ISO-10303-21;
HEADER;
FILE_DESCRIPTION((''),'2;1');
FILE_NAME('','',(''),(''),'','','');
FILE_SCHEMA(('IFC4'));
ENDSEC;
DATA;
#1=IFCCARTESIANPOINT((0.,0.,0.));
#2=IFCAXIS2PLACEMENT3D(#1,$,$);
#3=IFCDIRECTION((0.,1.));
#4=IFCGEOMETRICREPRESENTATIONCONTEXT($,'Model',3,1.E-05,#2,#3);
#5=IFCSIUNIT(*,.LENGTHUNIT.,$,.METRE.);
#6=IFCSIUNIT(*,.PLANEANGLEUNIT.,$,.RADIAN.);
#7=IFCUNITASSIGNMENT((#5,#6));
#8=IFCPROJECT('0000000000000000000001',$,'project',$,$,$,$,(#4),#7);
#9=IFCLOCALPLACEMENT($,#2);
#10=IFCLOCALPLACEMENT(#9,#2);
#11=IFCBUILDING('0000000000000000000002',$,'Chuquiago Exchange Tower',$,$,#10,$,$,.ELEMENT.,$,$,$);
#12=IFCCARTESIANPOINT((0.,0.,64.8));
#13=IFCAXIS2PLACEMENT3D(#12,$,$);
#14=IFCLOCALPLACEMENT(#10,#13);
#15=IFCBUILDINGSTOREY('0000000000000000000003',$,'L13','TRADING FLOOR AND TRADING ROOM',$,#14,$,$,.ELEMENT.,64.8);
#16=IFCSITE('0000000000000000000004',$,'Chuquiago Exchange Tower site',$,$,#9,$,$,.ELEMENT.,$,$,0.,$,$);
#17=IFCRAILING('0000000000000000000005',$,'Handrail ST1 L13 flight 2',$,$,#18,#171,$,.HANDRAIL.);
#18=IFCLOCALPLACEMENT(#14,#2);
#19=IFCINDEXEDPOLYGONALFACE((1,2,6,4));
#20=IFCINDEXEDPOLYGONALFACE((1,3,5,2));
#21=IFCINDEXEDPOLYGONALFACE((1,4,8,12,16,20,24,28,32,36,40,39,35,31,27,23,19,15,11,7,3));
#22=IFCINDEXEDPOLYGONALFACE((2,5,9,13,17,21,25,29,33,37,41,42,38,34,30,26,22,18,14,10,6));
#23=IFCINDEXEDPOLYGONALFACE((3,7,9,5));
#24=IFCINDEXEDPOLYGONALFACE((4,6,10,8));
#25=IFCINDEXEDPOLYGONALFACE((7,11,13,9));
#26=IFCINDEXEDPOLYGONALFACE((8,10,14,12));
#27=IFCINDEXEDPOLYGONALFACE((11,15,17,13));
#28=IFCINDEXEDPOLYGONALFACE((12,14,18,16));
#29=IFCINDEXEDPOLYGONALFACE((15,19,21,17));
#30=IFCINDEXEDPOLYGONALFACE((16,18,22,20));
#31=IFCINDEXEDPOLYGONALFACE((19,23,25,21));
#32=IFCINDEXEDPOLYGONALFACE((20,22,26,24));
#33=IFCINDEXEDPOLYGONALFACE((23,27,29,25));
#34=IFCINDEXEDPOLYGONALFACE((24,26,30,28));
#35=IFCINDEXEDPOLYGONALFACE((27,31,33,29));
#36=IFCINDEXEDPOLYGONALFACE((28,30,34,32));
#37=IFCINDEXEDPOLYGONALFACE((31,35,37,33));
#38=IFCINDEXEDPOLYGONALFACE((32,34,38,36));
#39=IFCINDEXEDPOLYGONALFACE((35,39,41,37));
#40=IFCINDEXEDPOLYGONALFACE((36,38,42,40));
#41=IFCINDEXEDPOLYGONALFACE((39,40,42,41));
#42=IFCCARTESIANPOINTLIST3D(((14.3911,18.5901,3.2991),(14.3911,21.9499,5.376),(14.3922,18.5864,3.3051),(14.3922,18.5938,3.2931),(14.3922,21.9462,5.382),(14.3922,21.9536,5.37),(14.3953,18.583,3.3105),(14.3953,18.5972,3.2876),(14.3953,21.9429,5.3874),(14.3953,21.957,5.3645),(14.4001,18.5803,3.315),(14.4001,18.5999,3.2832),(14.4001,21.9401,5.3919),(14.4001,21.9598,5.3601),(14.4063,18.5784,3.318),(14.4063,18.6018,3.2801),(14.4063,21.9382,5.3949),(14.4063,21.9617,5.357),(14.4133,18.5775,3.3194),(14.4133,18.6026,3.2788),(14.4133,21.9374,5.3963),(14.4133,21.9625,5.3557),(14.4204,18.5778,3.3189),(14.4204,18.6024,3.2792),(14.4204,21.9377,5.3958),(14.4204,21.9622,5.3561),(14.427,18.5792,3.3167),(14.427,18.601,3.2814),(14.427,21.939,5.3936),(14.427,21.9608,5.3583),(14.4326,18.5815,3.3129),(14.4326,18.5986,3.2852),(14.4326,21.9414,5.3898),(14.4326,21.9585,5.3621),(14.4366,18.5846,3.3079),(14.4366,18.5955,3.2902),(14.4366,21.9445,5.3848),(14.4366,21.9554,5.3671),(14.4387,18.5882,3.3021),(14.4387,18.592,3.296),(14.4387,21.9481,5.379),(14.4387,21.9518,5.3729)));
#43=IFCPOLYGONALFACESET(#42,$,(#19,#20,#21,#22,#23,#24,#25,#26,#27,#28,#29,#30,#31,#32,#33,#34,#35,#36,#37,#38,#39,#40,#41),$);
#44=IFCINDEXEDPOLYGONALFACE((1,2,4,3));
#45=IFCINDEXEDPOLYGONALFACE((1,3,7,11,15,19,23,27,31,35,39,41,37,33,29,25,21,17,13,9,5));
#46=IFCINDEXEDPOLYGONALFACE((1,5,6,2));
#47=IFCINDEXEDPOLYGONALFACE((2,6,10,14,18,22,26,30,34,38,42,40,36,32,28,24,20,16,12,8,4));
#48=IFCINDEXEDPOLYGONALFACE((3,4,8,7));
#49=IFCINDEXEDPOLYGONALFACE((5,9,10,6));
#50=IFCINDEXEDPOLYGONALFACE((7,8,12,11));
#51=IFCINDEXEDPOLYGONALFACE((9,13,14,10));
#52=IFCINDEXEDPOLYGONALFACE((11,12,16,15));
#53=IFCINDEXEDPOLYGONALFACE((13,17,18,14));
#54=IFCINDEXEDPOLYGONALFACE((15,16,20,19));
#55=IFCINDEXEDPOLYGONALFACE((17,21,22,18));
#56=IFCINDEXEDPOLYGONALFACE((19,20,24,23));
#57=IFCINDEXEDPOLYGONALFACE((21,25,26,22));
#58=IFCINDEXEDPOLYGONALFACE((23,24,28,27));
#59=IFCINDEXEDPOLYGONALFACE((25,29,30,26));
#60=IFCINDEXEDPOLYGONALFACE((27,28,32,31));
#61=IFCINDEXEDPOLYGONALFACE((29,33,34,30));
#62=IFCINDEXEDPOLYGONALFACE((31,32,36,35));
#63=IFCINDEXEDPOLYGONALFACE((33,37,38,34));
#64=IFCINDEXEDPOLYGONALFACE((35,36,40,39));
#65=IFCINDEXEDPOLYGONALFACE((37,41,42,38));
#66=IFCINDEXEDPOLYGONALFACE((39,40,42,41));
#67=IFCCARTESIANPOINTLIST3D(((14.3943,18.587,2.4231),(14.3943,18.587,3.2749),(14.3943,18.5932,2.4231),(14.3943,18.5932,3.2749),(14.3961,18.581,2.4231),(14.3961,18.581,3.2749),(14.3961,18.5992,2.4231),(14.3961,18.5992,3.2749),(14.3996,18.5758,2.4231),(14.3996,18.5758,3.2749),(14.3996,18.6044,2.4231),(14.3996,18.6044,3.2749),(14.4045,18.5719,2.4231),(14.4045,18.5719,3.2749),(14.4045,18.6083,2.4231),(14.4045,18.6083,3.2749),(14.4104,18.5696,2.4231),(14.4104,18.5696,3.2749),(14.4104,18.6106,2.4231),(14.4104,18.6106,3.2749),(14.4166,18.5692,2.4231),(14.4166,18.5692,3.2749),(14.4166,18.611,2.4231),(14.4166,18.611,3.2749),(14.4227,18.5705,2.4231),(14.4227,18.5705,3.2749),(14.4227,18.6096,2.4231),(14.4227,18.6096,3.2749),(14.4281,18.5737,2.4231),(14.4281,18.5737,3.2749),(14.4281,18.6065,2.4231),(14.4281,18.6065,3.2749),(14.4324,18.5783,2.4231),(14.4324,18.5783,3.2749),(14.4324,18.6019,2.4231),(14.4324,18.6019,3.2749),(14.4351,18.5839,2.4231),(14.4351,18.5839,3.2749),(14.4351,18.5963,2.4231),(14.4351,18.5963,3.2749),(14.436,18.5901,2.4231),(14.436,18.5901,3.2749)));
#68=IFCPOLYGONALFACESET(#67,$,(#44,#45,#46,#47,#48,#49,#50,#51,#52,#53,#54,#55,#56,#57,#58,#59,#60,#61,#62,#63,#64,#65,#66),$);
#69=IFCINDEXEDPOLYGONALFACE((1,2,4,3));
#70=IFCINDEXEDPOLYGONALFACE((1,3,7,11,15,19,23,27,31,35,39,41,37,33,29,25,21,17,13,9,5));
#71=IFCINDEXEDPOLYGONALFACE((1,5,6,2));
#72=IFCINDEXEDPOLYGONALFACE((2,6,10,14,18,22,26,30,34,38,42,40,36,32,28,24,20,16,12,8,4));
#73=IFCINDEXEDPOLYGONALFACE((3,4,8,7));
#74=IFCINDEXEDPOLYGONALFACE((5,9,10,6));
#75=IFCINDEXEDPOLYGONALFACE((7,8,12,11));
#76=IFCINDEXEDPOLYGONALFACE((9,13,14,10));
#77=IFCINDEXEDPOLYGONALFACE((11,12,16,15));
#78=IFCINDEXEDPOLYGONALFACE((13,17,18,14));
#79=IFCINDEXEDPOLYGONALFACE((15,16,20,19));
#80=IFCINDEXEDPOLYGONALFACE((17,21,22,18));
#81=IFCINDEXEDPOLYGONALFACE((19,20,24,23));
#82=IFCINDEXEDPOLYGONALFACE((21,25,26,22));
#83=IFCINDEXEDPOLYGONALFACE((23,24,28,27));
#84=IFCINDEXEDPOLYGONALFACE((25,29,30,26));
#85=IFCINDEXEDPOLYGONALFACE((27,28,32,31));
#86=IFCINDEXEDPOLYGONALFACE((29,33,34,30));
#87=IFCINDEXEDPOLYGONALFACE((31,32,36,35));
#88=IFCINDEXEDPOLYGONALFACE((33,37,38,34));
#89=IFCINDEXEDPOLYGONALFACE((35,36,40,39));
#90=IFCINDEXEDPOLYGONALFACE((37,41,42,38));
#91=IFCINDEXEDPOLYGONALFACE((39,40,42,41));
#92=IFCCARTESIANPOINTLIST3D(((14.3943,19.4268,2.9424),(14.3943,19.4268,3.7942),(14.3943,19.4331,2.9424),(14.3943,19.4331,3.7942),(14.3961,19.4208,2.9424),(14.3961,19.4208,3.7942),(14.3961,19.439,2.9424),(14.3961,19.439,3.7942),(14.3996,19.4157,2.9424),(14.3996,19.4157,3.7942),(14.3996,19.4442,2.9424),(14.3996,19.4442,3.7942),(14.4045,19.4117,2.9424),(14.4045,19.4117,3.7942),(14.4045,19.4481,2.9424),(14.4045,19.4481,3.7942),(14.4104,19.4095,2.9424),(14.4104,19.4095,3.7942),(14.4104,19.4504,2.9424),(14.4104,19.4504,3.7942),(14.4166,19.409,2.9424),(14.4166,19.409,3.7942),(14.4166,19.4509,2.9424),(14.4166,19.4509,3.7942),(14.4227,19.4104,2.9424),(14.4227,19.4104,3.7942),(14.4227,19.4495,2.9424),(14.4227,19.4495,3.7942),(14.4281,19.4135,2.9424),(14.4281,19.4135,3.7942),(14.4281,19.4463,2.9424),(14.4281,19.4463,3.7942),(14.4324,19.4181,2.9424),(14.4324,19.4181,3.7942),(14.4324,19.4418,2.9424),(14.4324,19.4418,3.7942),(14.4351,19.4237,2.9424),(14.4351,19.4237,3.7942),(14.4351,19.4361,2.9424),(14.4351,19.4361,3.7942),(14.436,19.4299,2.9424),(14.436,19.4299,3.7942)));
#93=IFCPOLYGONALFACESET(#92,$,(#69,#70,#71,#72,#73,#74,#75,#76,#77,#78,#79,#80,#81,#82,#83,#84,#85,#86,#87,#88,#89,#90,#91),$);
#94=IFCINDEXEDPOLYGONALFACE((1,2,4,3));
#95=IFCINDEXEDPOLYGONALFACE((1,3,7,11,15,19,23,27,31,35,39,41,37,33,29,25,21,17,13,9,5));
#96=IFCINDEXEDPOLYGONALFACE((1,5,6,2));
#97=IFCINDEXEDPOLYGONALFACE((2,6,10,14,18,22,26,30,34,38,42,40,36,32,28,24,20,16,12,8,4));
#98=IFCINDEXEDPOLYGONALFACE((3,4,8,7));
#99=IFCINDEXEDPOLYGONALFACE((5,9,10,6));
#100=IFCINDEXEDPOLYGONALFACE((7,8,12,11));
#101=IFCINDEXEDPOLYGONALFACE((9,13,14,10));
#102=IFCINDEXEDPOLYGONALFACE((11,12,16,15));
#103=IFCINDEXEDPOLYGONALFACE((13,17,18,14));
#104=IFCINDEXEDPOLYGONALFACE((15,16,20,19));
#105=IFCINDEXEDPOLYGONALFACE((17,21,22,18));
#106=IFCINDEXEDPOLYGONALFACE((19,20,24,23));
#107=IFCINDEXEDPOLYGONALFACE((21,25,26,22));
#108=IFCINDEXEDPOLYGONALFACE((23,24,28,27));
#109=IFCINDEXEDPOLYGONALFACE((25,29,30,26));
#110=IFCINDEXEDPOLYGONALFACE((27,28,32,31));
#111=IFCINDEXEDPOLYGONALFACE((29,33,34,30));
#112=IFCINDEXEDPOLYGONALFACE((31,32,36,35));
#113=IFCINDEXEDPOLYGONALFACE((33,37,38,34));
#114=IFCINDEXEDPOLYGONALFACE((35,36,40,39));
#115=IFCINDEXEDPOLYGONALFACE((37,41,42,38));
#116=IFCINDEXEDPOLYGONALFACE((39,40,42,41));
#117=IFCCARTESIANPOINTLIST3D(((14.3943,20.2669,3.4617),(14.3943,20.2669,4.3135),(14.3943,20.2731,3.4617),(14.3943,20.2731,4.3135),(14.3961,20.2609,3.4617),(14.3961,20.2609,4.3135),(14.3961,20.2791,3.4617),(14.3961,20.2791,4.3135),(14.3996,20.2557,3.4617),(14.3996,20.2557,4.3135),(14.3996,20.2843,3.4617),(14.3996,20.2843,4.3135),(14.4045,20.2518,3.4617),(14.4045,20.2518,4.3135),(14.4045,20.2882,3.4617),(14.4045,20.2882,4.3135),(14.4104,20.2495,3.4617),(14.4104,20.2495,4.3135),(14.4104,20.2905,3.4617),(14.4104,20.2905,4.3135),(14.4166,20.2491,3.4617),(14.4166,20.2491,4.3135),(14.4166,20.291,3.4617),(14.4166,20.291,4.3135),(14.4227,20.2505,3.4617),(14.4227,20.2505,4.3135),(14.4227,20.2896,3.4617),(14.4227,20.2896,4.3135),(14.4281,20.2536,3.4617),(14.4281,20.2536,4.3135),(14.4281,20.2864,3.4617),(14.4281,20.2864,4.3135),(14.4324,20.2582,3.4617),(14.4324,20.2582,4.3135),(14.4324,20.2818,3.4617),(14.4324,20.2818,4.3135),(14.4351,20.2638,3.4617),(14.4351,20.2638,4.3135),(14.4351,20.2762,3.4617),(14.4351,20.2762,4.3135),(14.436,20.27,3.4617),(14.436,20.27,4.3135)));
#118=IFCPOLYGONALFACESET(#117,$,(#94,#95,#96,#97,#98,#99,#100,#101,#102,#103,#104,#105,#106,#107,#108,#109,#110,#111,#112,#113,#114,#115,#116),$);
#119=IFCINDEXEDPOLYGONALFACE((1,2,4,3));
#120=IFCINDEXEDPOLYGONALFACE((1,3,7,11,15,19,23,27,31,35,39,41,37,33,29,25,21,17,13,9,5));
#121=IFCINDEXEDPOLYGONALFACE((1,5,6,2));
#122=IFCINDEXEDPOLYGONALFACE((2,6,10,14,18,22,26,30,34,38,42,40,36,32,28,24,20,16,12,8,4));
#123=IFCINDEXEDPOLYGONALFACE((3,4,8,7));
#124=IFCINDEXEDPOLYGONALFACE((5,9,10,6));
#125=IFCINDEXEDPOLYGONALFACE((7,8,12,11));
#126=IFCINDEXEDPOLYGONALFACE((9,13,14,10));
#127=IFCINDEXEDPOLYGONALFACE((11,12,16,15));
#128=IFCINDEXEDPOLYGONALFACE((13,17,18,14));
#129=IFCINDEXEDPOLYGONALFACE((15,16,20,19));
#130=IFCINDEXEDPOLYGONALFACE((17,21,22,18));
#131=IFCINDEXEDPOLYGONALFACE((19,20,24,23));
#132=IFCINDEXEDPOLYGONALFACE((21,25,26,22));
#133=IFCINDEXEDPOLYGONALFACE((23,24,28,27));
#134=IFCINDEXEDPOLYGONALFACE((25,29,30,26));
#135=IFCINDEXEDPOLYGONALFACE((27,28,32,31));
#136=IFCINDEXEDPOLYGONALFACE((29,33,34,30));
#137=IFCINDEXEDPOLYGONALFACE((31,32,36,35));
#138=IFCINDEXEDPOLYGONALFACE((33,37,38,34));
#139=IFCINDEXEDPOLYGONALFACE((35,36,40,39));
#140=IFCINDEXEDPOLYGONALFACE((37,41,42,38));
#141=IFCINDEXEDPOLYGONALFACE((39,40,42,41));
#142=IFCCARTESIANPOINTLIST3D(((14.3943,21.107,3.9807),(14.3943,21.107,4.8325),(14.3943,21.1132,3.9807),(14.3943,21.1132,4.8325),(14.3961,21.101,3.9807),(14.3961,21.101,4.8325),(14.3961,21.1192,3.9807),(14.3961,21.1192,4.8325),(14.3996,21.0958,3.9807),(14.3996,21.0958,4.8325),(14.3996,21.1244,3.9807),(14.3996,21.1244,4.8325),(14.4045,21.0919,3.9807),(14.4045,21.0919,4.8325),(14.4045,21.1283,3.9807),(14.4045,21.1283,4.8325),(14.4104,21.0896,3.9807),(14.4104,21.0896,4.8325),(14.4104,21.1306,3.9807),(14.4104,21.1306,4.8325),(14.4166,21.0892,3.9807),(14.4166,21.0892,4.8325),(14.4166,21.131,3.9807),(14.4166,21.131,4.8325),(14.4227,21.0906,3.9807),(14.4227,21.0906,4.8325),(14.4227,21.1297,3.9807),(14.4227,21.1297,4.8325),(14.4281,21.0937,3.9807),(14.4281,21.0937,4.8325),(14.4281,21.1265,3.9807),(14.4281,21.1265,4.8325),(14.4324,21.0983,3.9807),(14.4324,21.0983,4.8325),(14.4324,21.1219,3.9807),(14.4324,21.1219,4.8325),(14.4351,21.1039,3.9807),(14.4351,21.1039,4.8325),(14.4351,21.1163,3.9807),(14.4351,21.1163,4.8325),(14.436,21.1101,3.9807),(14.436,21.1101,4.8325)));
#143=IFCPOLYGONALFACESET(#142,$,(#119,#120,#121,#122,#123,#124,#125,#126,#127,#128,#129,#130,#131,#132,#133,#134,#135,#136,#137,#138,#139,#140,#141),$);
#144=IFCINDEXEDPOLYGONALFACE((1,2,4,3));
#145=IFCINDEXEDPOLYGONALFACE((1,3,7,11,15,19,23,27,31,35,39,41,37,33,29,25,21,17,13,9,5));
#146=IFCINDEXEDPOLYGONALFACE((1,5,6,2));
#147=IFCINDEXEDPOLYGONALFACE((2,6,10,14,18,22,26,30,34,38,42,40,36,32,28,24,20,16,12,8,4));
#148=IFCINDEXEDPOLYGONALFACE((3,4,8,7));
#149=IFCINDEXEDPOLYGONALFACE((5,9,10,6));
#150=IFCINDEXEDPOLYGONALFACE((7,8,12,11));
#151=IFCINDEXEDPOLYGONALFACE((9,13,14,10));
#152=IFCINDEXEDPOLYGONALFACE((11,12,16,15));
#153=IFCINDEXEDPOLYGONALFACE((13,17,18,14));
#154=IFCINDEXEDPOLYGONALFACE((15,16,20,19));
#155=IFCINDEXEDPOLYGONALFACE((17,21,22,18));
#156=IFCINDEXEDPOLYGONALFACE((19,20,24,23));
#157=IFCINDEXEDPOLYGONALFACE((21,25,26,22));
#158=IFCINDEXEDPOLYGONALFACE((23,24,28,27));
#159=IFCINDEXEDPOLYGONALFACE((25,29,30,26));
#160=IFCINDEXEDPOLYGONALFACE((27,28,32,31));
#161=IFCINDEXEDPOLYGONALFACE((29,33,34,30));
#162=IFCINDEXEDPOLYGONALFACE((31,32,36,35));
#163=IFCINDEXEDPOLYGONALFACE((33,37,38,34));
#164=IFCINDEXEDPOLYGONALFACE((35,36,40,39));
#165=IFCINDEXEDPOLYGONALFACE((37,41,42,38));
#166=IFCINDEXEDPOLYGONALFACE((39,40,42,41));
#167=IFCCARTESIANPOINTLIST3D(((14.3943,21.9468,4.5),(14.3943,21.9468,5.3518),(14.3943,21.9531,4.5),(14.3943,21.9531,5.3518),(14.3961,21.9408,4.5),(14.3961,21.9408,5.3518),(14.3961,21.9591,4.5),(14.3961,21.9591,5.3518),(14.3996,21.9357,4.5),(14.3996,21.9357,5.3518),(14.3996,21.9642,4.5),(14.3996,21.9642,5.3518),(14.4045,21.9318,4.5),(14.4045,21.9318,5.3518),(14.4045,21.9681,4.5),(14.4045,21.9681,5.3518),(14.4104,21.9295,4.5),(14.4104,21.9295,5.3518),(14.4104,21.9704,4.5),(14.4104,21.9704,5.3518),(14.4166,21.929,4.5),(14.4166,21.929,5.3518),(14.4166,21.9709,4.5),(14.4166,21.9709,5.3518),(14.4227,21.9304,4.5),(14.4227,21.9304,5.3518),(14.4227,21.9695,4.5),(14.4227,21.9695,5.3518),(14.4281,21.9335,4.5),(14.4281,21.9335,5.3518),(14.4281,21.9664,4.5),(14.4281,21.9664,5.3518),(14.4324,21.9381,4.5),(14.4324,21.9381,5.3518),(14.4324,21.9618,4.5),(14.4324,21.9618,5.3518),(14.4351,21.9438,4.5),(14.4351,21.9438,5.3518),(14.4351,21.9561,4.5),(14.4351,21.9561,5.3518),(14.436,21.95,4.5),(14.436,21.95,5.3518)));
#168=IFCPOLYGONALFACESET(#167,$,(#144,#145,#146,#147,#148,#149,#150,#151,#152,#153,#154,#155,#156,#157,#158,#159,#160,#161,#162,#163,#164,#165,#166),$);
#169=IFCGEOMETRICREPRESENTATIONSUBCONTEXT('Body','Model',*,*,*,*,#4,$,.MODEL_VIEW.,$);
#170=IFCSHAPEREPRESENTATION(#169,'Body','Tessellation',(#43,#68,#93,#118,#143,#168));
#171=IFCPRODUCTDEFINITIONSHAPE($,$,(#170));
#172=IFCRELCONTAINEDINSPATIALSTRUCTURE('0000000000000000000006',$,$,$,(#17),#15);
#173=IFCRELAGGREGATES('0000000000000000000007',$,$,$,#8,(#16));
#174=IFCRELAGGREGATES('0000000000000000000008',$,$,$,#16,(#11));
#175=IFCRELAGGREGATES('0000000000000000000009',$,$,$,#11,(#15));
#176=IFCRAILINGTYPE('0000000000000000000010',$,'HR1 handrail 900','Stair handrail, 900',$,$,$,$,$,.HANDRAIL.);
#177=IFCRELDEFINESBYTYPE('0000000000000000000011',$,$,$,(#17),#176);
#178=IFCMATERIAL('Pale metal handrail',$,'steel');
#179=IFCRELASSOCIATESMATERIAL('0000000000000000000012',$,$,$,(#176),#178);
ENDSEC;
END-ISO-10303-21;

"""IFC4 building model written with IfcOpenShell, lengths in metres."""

from ifc_helpers import new_model, si_unit, direction, frame, origin, origin_2d, place, context, subcontext, project, spatial, circle, extrude, material, type_object, element, save


model = new_model("IFC4")

# Units and contexts
model_context = context("Model", 3, precision=1e-05, world=origin(), true_north=direction((0.0, 1.0)))
body_context = subcontext(model_context, "Body", "Model", "MODEL_VIEW")
ifc_project = project(units=[si_unit("LENGTHUNIT", "METRE"), si_unit("PLANEANGLEUNIT", "RADIAN")], contexts=[model_context])

# Site, building, storey
site_placement = place(None, origin())
site = spatial("IfcSite", under=ifc_project, at=site_placement, Name="Chuquiago Exchange Tower site", CompositionType="ELEMENT", RefElevation=0.0)
building_placement = place(site_placement, origin())
building = spatial("IfcBuilding", under=site, at=building_placement, Name="Chuquiago Exchange Tower", CompositionType="ELEMENT")
storey_placement = place(building_placement, frame((0.0, 0.0, 64.8)))
storey = spatial("IfcBuildingStorey", under=building, at=storey_placement, Name="L13", Description="TRADING FLOOR AND TRADING ROOM", CompositionType="ELEMENT", Elevation=64.8)

# Railing
ifc_material_1 = material(Name="Pale metal handrail", Category="steel")
railing_type_1 = type_object("IfcRailingType", Name="HR1 handrail 900", Description="Stair handrail, 900", PredefinedType="HANDRAIL", material=ifc_material_1)
for number, where, name in (
    (1, (14.415, 18.5901, 2.4231), "Handrail ST1 L13 flight 2"),
):
    element("IfcRailing", number, at=place(storey_placement, frame(where)), inside=storey, type_object=railing_type_1, Name=name, PredefinedType="HANDRAIL", context=body_context, shape_type="SweptSolid", body=[
        extrude(circle(Radius=0.0239, at=origin_2d()), frame((0.0, 0.0, 0.876), z_axis=(0.0, 0.850606, 0.525803), x_axis=(-1.0, 0.0, 0.0)), (0.0, 0.0, 1.0), 3.95),
        extrude(circle(Radius=0.021, at=origin_2d()), origin(), (0.0, 0.0, 1.0), 0.8518),
        extrude(circle(Radius=0.021, at=origin_2d()), frame((0.0, 0.8398, 0.5193)), (0.0, 0.0, 1.0), 0.8518),
        extrude(circle(Radius=0.021, at=origin_2d()), frame((0.0, 1.6799, 1.0386)), (0.0, 0.0, 1.0), 0.8518),
        extrude(circle(Radius=0.021, at=origin_2d()), frame((0.0, 2.52, 1.5576)), (0.0, 0.0, 1.0), 0.8518),
        extrude(circle(Radius=0.021, at=origin_2d()), frame((0.0, 3.3599, 2.0769)), (0.0, 0.0, 1.0), 0.8518),
    ])

save(model, "model.ifc")
